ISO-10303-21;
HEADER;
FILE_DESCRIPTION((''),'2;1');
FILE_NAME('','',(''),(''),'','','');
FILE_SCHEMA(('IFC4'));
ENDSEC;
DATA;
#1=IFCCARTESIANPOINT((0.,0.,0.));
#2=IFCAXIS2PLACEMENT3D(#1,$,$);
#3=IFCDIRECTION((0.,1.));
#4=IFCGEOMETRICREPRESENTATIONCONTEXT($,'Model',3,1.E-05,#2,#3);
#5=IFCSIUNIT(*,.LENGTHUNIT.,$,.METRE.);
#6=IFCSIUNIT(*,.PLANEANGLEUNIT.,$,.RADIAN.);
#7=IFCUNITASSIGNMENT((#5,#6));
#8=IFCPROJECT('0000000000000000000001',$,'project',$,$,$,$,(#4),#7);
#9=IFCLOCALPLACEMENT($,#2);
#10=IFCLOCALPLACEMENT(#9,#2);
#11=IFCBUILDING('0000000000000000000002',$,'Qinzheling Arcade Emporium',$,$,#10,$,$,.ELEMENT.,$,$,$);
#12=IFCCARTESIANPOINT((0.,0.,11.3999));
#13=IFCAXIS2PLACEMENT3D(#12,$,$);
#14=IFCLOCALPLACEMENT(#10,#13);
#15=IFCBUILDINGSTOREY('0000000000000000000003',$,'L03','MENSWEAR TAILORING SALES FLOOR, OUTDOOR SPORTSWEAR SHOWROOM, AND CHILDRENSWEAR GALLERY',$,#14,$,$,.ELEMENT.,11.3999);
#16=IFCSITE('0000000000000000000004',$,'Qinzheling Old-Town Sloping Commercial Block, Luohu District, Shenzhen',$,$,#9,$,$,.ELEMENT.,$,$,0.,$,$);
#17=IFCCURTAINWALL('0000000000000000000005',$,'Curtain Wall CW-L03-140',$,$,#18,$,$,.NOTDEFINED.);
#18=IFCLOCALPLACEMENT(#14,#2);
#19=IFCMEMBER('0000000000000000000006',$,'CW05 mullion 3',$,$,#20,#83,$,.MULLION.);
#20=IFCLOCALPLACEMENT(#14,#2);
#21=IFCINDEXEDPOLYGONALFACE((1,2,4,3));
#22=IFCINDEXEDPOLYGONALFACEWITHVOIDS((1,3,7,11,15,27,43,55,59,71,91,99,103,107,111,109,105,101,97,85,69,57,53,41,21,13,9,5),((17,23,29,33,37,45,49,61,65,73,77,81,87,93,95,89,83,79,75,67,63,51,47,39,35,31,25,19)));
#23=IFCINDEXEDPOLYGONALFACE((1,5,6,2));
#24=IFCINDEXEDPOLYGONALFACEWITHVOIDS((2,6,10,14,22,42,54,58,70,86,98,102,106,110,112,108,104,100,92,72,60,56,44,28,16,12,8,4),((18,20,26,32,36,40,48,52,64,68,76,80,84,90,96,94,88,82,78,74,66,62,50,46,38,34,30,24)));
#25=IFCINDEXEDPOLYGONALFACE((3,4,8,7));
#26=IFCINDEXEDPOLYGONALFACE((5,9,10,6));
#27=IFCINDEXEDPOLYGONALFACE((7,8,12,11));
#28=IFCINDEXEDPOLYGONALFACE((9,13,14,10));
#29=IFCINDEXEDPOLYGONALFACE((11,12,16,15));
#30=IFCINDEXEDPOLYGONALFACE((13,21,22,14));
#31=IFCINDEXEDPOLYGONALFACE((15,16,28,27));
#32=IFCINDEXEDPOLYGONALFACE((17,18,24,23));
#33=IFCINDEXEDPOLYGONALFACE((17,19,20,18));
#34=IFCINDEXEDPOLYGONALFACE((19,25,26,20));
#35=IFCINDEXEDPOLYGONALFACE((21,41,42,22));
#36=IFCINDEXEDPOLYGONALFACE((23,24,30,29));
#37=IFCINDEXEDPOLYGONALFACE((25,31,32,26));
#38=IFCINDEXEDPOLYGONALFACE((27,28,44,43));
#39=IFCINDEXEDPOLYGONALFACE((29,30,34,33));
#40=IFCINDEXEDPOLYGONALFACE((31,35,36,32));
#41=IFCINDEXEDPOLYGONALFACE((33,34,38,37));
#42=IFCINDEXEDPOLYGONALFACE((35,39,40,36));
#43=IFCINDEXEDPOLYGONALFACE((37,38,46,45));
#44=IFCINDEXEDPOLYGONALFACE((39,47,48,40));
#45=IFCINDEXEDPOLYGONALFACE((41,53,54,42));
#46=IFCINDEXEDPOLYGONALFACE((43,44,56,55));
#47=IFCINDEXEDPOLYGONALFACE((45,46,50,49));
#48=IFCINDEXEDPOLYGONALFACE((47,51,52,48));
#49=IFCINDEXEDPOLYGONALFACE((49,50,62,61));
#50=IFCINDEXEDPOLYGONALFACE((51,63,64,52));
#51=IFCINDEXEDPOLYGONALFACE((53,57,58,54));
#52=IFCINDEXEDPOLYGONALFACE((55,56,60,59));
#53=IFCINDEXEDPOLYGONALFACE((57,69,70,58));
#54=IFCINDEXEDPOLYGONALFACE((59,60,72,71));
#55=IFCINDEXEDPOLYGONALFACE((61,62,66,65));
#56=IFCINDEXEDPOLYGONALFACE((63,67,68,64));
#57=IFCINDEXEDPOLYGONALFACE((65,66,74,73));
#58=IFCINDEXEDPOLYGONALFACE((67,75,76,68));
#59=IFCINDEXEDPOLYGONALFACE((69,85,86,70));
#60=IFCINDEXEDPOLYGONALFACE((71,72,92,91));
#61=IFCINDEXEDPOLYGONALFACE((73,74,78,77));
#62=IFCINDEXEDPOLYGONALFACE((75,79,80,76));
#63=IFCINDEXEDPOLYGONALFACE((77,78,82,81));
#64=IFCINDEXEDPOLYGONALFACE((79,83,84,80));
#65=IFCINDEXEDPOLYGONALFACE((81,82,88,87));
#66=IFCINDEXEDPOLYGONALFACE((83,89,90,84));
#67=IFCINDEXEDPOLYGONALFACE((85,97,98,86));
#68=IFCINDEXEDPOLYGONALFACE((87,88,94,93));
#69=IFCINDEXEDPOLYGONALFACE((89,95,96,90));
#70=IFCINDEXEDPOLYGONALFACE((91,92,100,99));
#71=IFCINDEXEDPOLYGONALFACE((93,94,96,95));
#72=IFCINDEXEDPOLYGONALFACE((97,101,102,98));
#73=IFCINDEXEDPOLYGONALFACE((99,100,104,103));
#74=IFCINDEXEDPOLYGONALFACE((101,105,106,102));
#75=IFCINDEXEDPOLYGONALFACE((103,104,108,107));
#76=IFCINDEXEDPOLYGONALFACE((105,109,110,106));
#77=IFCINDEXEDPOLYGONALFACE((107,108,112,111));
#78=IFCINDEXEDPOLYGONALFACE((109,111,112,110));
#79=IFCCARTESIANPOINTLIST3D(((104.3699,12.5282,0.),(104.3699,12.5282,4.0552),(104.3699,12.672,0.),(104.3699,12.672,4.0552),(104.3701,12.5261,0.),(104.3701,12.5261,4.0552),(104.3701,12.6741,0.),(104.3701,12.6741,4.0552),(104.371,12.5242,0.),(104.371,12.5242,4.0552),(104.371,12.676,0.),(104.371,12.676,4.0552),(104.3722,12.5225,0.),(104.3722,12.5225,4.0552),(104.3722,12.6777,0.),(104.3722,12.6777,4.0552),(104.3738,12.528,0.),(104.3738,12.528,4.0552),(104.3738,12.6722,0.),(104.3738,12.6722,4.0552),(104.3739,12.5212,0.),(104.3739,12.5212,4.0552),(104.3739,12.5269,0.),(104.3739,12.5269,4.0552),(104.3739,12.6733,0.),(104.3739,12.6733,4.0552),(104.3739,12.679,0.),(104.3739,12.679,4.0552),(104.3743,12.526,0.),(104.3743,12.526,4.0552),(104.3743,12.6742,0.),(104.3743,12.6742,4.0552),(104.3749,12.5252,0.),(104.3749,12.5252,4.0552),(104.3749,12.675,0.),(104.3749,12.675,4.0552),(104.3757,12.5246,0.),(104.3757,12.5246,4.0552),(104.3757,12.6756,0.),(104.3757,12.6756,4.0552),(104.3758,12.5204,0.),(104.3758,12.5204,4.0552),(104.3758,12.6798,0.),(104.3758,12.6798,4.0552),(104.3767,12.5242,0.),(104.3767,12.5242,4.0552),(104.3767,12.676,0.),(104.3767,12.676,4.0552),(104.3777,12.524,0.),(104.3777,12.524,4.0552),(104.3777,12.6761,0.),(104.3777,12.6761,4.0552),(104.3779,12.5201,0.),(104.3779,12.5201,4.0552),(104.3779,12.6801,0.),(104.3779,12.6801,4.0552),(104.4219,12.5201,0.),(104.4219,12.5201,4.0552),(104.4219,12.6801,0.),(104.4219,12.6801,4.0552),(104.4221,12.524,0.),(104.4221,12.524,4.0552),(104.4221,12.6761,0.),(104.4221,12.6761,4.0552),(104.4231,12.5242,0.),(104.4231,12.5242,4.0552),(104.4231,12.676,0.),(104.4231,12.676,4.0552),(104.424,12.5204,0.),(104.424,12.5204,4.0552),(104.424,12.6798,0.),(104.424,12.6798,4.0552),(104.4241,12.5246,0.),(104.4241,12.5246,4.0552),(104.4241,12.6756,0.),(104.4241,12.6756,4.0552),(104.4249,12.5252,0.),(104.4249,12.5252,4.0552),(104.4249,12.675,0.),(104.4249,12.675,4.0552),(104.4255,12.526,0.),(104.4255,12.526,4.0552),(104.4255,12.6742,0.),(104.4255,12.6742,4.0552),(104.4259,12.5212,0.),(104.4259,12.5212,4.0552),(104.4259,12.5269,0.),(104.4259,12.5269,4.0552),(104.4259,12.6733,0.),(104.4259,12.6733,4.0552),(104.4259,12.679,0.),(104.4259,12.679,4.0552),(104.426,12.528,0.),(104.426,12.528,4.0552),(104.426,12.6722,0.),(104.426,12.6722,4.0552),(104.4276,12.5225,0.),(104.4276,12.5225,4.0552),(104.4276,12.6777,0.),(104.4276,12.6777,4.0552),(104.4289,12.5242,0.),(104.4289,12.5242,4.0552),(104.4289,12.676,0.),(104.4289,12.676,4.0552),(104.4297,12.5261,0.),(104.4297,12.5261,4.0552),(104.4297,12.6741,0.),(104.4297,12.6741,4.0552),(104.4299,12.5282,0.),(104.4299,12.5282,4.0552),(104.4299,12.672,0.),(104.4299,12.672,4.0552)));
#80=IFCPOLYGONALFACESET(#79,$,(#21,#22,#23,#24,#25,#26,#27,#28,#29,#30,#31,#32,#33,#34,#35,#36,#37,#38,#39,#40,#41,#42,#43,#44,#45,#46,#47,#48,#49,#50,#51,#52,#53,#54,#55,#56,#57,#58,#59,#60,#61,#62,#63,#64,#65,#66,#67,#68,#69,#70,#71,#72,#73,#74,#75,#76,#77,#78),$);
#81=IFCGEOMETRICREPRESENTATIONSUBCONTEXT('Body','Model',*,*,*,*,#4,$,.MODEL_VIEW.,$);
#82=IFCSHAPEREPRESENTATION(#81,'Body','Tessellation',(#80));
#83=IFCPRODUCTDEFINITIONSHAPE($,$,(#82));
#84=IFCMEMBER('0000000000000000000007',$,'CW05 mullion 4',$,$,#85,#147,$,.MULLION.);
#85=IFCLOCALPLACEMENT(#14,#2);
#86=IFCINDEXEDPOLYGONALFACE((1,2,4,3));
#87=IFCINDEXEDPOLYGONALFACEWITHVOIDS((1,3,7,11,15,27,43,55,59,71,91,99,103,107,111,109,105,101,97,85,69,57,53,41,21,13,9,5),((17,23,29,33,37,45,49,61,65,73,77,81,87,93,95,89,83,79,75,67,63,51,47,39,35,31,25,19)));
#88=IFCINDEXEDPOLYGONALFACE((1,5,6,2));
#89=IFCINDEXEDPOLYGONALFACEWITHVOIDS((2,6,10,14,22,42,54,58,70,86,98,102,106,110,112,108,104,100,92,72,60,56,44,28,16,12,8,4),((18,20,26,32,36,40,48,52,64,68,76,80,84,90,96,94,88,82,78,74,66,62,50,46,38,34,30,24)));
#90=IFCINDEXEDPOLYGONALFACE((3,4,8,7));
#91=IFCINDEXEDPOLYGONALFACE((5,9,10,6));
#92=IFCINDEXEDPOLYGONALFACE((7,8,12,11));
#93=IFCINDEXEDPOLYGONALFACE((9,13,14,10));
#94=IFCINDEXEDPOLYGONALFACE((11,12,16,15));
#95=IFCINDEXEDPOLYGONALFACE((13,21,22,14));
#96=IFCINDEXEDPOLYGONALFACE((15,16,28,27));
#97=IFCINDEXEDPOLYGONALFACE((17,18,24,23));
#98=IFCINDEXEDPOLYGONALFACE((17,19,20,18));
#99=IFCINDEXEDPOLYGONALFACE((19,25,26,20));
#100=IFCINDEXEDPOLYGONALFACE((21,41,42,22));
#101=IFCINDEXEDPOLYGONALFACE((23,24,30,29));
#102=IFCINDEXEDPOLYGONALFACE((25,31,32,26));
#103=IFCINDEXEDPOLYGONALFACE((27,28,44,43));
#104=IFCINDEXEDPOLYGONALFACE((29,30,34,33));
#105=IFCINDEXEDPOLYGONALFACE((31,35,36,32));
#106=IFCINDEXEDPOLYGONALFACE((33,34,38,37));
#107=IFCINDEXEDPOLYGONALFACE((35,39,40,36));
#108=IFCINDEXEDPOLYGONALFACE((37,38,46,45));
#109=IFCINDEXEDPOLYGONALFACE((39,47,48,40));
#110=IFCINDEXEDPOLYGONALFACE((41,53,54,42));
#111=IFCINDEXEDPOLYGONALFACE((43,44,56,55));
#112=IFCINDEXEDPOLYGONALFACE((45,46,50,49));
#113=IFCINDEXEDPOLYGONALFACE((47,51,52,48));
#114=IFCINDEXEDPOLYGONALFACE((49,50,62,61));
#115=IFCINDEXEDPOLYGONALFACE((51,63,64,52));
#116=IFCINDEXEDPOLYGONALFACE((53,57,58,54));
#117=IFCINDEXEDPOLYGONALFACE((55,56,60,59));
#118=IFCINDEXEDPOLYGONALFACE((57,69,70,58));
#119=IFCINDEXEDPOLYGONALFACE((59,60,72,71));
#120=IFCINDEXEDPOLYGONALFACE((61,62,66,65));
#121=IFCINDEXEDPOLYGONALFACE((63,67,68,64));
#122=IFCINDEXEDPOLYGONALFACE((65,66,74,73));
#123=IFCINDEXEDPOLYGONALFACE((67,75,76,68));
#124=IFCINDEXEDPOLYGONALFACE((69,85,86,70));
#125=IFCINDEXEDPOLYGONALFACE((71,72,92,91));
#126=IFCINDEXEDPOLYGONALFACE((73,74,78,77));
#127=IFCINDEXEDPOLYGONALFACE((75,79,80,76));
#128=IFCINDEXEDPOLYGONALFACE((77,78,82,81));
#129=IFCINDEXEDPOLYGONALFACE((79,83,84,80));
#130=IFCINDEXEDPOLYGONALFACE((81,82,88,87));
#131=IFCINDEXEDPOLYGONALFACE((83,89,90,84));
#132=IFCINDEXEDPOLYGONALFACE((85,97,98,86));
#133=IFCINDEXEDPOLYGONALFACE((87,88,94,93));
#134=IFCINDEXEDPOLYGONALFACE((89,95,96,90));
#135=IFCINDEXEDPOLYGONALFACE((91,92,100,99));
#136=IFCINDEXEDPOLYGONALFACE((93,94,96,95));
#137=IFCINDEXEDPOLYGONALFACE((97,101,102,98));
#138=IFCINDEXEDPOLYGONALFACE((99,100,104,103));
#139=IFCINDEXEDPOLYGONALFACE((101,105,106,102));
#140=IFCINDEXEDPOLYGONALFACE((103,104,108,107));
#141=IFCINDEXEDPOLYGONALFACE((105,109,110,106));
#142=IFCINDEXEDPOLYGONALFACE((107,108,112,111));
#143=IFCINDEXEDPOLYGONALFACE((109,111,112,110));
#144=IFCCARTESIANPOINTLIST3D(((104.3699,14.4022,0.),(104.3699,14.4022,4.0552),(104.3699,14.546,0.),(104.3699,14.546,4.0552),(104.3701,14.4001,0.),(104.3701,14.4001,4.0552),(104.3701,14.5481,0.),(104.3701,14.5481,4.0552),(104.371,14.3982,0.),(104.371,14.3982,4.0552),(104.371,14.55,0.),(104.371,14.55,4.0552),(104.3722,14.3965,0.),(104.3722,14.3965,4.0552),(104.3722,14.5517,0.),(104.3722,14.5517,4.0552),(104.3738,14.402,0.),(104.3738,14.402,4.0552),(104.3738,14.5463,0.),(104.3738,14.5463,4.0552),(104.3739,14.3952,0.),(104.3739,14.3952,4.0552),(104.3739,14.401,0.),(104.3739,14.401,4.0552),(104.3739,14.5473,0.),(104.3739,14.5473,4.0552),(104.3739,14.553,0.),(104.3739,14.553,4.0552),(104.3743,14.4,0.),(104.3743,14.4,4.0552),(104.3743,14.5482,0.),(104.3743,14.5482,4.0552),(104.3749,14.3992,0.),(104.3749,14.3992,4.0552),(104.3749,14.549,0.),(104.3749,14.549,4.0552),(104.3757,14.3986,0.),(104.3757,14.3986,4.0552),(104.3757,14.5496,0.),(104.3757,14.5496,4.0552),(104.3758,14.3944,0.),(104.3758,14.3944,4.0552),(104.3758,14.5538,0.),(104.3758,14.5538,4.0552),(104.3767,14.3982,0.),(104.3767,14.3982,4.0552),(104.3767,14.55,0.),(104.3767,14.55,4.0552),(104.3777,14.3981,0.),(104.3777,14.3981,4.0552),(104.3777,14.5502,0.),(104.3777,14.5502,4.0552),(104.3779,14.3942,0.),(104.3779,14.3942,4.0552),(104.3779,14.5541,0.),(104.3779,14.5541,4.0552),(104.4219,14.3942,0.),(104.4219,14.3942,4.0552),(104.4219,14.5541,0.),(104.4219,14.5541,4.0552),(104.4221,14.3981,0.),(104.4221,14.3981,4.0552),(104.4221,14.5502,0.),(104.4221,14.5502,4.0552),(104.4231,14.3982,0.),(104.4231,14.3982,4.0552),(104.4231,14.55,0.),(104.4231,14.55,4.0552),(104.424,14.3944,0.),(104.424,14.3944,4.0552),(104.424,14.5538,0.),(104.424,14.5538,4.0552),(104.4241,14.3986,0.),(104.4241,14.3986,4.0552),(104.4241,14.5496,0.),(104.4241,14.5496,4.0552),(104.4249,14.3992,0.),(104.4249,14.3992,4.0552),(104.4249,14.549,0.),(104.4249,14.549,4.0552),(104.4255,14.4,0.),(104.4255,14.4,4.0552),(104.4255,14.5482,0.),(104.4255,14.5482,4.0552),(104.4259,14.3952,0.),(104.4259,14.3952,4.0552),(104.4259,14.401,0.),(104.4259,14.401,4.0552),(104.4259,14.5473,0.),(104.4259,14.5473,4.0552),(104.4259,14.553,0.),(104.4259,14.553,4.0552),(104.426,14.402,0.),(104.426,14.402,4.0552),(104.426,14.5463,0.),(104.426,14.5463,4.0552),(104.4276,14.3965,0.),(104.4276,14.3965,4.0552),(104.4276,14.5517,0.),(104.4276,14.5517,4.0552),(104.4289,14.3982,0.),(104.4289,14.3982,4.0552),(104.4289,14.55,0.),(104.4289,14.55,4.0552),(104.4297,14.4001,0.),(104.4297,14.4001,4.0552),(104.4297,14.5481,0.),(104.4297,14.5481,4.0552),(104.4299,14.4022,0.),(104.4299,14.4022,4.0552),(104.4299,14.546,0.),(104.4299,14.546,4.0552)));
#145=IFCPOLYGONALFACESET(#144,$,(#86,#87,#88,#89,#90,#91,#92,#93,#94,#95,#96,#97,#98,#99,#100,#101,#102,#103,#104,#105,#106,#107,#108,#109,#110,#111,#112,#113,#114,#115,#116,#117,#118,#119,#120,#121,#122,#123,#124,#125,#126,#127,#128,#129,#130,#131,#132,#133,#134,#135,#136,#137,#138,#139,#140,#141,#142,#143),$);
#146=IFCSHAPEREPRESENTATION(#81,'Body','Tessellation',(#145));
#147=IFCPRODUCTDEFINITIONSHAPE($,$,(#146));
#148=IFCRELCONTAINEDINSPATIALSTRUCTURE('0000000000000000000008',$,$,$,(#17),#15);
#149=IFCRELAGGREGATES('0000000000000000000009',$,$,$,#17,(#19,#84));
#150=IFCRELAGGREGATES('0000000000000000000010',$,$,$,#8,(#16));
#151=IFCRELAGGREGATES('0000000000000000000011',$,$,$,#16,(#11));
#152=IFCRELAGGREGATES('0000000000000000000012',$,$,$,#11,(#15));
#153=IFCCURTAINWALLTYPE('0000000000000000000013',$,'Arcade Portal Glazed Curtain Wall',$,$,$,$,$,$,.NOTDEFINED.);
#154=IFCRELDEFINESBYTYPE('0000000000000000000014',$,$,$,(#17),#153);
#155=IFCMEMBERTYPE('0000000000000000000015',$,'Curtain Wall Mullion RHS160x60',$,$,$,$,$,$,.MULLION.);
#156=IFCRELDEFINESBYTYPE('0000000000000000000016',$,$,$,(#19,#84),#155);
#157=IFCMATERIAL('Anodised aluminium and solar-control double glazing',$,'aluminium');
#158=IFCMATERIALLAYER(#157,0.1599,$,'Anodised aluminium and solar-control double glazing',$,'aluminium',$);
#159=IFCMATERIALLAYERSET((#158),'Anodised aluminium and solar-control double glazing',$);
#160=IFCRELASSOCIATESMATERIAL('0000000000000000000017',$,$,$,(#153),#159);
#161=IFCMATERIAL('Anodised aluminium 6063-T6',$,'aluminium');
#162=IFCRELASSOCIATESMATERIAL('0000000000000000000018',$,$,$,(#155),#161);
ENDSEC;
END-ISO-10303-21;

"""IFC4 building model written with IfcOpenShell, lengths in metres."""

from ifc_helpers import new_model, si_unit, direction, frame, origin, origin_2d, place, context, subcontext, project, spatial, hollow_rectangle, extrude, material, layer, layer_set, material_profile, profile_set, type_object, element, aggregate, save


model = new_model("IFC4")

# Units and contexts
model_context = context("Model", 3, precision=1e-05, world=origin(), true_north=direction((0.0, 1.0)))
body_context = subcontext(model_context, "Body", "Model", "MODEL_VIEW")
ifc_project = project(units=[si_unit("LENGTHUNIT", "METRE"), si_unit("PLANEANGLEUNIT", "RADIAN")], contexts=[model_context])

# Site, building, storey
site_placement = place(None, origin())
site = spatial("IfcSite", under=ifc_project, at=site_placement, Name="Qinzheling Old-Town Sloping Commercial Block, Luohu District, Shenzhen", CompositionType="ELEMENT", RefElevation=0.0)
building_placement = place(site_placement, origin())
building = spatial("IfcBuilding", under=site, at=building_placement, Name="Qinzheling Arcade Emporium", CompositionType="ELEMENT")
storey_placement = place(building_placement, frame((0.0, 0.0, 11.3999)))
storey = spatial("IfcBuildingStorey", under=building, at=storey_placement, Name="L03", Description="MENSWEAR TAILORING SALES FLOOR, OUTDOOR SPORTSWEAR SHOWROOM, AND CHILDRENSWEAR GALLERY", CompositionType="ELEMENT", Elevation=11.3999)

# Curtain wall, members
ifc_material_1 = material(Name="Anodised aluminium and solar-control double glazing", Category="aluminium")
ifc_layer_1 = layer(ifc_material_1, 0.1599, Name="Anodised aluminium and solar-control double glazing", Category="aluminium")
ifc_layer_set_1 = layer_set([ifc_layer_1], Name="Anodised aluminium and solar-control double glazing")
curtain_wall_type = type_object("IfcCurtainWallType", Name="Arcade Portal Glazed Curtain Wall", PredefinedType="NOTDEFINED", material=ifc_layer_set_1)
curtain_wall_placement = place(storey_placement, origin())
curtain_wall = element("IfcCurtainWall", 1, at=curtain_wall_placement, inside=storey, type_object=curtain_wall_type, Name="Curtain Wall CW-L03-140", PredefinedType="NOTDEFINED")
ifc_material_2 = material(Name="Anodised aluminium 6063-T6", Category="aluminium")
ifc_material_profile_1 = material_profile(ifc_material_2, hollow_rectangle(XDim=0.0601, YDim=0.1599, WallThickness=0.0039, InnerFilletRadius=0.0039, OuterFilletRadius=0.0081, at=origin_2d()), Name="RHS 160x60x4", Category="aluminium")
ifc_profile_set_1 = profile_set([ifc_material_profile_1], Name="Anodised aluminium 6063-T6")
member_type_1 = type_object("IfcMemberType", Name="Curtain Wall Mullion RHS160x60", PredefinedType="MULLION", material=ifc_profile_set_1)
member_1_placement = place(storey_placement, frame((104.3999, 12.6001, 0.0), z_axis=(0.0, 0.0, 1.0), x_axis=(-1.0, 0.0, 0.0)))
member_1 = element("IfcMember", 2, at=member_1_placement, type_object=member_type_1, Name="CW05 mullion 3", PredefinedType="MULLION", context=body_context, shape_type="SweptSolid", body=[
    extrude(hollow_rectangle(XDim=0.0601, YDim=0.1599, WallThickness=0.0039, InnerFilletRadius=0.0039, OuterFilletRadius=0.0081, at=origin_2d()), origin(), (0.0, 0.0, 1.0), 4.0552),
])
member_2_placement = place(storey_placement, frame((104.3999, 14.4741, 0.0), z_axis=(0.0, 0.0, 1.0), x_axis=(-1.0, 0.0, 0.0)))
member_2 = element("IfcMember", 3, at=member_2_placement, type_object=member_type_1, Name="CW05 mullion 4", PredefinedType="MULLION", context=body_context, shape_type="SweptSolid", body=[
    extrude(hollow_rectangle(XDim=0.0601, YDim=0.1599, WallThickness=0.0039, InnerFilletRadius=0.0039, OuterFilletRadius=0.0081, at=origin_2d()), origin(), (0.0, 0.0, 1.0), 4.0552),
])
aggregate(curtain_wall, [member_1, member_2])

save(model, "model.ifc")
